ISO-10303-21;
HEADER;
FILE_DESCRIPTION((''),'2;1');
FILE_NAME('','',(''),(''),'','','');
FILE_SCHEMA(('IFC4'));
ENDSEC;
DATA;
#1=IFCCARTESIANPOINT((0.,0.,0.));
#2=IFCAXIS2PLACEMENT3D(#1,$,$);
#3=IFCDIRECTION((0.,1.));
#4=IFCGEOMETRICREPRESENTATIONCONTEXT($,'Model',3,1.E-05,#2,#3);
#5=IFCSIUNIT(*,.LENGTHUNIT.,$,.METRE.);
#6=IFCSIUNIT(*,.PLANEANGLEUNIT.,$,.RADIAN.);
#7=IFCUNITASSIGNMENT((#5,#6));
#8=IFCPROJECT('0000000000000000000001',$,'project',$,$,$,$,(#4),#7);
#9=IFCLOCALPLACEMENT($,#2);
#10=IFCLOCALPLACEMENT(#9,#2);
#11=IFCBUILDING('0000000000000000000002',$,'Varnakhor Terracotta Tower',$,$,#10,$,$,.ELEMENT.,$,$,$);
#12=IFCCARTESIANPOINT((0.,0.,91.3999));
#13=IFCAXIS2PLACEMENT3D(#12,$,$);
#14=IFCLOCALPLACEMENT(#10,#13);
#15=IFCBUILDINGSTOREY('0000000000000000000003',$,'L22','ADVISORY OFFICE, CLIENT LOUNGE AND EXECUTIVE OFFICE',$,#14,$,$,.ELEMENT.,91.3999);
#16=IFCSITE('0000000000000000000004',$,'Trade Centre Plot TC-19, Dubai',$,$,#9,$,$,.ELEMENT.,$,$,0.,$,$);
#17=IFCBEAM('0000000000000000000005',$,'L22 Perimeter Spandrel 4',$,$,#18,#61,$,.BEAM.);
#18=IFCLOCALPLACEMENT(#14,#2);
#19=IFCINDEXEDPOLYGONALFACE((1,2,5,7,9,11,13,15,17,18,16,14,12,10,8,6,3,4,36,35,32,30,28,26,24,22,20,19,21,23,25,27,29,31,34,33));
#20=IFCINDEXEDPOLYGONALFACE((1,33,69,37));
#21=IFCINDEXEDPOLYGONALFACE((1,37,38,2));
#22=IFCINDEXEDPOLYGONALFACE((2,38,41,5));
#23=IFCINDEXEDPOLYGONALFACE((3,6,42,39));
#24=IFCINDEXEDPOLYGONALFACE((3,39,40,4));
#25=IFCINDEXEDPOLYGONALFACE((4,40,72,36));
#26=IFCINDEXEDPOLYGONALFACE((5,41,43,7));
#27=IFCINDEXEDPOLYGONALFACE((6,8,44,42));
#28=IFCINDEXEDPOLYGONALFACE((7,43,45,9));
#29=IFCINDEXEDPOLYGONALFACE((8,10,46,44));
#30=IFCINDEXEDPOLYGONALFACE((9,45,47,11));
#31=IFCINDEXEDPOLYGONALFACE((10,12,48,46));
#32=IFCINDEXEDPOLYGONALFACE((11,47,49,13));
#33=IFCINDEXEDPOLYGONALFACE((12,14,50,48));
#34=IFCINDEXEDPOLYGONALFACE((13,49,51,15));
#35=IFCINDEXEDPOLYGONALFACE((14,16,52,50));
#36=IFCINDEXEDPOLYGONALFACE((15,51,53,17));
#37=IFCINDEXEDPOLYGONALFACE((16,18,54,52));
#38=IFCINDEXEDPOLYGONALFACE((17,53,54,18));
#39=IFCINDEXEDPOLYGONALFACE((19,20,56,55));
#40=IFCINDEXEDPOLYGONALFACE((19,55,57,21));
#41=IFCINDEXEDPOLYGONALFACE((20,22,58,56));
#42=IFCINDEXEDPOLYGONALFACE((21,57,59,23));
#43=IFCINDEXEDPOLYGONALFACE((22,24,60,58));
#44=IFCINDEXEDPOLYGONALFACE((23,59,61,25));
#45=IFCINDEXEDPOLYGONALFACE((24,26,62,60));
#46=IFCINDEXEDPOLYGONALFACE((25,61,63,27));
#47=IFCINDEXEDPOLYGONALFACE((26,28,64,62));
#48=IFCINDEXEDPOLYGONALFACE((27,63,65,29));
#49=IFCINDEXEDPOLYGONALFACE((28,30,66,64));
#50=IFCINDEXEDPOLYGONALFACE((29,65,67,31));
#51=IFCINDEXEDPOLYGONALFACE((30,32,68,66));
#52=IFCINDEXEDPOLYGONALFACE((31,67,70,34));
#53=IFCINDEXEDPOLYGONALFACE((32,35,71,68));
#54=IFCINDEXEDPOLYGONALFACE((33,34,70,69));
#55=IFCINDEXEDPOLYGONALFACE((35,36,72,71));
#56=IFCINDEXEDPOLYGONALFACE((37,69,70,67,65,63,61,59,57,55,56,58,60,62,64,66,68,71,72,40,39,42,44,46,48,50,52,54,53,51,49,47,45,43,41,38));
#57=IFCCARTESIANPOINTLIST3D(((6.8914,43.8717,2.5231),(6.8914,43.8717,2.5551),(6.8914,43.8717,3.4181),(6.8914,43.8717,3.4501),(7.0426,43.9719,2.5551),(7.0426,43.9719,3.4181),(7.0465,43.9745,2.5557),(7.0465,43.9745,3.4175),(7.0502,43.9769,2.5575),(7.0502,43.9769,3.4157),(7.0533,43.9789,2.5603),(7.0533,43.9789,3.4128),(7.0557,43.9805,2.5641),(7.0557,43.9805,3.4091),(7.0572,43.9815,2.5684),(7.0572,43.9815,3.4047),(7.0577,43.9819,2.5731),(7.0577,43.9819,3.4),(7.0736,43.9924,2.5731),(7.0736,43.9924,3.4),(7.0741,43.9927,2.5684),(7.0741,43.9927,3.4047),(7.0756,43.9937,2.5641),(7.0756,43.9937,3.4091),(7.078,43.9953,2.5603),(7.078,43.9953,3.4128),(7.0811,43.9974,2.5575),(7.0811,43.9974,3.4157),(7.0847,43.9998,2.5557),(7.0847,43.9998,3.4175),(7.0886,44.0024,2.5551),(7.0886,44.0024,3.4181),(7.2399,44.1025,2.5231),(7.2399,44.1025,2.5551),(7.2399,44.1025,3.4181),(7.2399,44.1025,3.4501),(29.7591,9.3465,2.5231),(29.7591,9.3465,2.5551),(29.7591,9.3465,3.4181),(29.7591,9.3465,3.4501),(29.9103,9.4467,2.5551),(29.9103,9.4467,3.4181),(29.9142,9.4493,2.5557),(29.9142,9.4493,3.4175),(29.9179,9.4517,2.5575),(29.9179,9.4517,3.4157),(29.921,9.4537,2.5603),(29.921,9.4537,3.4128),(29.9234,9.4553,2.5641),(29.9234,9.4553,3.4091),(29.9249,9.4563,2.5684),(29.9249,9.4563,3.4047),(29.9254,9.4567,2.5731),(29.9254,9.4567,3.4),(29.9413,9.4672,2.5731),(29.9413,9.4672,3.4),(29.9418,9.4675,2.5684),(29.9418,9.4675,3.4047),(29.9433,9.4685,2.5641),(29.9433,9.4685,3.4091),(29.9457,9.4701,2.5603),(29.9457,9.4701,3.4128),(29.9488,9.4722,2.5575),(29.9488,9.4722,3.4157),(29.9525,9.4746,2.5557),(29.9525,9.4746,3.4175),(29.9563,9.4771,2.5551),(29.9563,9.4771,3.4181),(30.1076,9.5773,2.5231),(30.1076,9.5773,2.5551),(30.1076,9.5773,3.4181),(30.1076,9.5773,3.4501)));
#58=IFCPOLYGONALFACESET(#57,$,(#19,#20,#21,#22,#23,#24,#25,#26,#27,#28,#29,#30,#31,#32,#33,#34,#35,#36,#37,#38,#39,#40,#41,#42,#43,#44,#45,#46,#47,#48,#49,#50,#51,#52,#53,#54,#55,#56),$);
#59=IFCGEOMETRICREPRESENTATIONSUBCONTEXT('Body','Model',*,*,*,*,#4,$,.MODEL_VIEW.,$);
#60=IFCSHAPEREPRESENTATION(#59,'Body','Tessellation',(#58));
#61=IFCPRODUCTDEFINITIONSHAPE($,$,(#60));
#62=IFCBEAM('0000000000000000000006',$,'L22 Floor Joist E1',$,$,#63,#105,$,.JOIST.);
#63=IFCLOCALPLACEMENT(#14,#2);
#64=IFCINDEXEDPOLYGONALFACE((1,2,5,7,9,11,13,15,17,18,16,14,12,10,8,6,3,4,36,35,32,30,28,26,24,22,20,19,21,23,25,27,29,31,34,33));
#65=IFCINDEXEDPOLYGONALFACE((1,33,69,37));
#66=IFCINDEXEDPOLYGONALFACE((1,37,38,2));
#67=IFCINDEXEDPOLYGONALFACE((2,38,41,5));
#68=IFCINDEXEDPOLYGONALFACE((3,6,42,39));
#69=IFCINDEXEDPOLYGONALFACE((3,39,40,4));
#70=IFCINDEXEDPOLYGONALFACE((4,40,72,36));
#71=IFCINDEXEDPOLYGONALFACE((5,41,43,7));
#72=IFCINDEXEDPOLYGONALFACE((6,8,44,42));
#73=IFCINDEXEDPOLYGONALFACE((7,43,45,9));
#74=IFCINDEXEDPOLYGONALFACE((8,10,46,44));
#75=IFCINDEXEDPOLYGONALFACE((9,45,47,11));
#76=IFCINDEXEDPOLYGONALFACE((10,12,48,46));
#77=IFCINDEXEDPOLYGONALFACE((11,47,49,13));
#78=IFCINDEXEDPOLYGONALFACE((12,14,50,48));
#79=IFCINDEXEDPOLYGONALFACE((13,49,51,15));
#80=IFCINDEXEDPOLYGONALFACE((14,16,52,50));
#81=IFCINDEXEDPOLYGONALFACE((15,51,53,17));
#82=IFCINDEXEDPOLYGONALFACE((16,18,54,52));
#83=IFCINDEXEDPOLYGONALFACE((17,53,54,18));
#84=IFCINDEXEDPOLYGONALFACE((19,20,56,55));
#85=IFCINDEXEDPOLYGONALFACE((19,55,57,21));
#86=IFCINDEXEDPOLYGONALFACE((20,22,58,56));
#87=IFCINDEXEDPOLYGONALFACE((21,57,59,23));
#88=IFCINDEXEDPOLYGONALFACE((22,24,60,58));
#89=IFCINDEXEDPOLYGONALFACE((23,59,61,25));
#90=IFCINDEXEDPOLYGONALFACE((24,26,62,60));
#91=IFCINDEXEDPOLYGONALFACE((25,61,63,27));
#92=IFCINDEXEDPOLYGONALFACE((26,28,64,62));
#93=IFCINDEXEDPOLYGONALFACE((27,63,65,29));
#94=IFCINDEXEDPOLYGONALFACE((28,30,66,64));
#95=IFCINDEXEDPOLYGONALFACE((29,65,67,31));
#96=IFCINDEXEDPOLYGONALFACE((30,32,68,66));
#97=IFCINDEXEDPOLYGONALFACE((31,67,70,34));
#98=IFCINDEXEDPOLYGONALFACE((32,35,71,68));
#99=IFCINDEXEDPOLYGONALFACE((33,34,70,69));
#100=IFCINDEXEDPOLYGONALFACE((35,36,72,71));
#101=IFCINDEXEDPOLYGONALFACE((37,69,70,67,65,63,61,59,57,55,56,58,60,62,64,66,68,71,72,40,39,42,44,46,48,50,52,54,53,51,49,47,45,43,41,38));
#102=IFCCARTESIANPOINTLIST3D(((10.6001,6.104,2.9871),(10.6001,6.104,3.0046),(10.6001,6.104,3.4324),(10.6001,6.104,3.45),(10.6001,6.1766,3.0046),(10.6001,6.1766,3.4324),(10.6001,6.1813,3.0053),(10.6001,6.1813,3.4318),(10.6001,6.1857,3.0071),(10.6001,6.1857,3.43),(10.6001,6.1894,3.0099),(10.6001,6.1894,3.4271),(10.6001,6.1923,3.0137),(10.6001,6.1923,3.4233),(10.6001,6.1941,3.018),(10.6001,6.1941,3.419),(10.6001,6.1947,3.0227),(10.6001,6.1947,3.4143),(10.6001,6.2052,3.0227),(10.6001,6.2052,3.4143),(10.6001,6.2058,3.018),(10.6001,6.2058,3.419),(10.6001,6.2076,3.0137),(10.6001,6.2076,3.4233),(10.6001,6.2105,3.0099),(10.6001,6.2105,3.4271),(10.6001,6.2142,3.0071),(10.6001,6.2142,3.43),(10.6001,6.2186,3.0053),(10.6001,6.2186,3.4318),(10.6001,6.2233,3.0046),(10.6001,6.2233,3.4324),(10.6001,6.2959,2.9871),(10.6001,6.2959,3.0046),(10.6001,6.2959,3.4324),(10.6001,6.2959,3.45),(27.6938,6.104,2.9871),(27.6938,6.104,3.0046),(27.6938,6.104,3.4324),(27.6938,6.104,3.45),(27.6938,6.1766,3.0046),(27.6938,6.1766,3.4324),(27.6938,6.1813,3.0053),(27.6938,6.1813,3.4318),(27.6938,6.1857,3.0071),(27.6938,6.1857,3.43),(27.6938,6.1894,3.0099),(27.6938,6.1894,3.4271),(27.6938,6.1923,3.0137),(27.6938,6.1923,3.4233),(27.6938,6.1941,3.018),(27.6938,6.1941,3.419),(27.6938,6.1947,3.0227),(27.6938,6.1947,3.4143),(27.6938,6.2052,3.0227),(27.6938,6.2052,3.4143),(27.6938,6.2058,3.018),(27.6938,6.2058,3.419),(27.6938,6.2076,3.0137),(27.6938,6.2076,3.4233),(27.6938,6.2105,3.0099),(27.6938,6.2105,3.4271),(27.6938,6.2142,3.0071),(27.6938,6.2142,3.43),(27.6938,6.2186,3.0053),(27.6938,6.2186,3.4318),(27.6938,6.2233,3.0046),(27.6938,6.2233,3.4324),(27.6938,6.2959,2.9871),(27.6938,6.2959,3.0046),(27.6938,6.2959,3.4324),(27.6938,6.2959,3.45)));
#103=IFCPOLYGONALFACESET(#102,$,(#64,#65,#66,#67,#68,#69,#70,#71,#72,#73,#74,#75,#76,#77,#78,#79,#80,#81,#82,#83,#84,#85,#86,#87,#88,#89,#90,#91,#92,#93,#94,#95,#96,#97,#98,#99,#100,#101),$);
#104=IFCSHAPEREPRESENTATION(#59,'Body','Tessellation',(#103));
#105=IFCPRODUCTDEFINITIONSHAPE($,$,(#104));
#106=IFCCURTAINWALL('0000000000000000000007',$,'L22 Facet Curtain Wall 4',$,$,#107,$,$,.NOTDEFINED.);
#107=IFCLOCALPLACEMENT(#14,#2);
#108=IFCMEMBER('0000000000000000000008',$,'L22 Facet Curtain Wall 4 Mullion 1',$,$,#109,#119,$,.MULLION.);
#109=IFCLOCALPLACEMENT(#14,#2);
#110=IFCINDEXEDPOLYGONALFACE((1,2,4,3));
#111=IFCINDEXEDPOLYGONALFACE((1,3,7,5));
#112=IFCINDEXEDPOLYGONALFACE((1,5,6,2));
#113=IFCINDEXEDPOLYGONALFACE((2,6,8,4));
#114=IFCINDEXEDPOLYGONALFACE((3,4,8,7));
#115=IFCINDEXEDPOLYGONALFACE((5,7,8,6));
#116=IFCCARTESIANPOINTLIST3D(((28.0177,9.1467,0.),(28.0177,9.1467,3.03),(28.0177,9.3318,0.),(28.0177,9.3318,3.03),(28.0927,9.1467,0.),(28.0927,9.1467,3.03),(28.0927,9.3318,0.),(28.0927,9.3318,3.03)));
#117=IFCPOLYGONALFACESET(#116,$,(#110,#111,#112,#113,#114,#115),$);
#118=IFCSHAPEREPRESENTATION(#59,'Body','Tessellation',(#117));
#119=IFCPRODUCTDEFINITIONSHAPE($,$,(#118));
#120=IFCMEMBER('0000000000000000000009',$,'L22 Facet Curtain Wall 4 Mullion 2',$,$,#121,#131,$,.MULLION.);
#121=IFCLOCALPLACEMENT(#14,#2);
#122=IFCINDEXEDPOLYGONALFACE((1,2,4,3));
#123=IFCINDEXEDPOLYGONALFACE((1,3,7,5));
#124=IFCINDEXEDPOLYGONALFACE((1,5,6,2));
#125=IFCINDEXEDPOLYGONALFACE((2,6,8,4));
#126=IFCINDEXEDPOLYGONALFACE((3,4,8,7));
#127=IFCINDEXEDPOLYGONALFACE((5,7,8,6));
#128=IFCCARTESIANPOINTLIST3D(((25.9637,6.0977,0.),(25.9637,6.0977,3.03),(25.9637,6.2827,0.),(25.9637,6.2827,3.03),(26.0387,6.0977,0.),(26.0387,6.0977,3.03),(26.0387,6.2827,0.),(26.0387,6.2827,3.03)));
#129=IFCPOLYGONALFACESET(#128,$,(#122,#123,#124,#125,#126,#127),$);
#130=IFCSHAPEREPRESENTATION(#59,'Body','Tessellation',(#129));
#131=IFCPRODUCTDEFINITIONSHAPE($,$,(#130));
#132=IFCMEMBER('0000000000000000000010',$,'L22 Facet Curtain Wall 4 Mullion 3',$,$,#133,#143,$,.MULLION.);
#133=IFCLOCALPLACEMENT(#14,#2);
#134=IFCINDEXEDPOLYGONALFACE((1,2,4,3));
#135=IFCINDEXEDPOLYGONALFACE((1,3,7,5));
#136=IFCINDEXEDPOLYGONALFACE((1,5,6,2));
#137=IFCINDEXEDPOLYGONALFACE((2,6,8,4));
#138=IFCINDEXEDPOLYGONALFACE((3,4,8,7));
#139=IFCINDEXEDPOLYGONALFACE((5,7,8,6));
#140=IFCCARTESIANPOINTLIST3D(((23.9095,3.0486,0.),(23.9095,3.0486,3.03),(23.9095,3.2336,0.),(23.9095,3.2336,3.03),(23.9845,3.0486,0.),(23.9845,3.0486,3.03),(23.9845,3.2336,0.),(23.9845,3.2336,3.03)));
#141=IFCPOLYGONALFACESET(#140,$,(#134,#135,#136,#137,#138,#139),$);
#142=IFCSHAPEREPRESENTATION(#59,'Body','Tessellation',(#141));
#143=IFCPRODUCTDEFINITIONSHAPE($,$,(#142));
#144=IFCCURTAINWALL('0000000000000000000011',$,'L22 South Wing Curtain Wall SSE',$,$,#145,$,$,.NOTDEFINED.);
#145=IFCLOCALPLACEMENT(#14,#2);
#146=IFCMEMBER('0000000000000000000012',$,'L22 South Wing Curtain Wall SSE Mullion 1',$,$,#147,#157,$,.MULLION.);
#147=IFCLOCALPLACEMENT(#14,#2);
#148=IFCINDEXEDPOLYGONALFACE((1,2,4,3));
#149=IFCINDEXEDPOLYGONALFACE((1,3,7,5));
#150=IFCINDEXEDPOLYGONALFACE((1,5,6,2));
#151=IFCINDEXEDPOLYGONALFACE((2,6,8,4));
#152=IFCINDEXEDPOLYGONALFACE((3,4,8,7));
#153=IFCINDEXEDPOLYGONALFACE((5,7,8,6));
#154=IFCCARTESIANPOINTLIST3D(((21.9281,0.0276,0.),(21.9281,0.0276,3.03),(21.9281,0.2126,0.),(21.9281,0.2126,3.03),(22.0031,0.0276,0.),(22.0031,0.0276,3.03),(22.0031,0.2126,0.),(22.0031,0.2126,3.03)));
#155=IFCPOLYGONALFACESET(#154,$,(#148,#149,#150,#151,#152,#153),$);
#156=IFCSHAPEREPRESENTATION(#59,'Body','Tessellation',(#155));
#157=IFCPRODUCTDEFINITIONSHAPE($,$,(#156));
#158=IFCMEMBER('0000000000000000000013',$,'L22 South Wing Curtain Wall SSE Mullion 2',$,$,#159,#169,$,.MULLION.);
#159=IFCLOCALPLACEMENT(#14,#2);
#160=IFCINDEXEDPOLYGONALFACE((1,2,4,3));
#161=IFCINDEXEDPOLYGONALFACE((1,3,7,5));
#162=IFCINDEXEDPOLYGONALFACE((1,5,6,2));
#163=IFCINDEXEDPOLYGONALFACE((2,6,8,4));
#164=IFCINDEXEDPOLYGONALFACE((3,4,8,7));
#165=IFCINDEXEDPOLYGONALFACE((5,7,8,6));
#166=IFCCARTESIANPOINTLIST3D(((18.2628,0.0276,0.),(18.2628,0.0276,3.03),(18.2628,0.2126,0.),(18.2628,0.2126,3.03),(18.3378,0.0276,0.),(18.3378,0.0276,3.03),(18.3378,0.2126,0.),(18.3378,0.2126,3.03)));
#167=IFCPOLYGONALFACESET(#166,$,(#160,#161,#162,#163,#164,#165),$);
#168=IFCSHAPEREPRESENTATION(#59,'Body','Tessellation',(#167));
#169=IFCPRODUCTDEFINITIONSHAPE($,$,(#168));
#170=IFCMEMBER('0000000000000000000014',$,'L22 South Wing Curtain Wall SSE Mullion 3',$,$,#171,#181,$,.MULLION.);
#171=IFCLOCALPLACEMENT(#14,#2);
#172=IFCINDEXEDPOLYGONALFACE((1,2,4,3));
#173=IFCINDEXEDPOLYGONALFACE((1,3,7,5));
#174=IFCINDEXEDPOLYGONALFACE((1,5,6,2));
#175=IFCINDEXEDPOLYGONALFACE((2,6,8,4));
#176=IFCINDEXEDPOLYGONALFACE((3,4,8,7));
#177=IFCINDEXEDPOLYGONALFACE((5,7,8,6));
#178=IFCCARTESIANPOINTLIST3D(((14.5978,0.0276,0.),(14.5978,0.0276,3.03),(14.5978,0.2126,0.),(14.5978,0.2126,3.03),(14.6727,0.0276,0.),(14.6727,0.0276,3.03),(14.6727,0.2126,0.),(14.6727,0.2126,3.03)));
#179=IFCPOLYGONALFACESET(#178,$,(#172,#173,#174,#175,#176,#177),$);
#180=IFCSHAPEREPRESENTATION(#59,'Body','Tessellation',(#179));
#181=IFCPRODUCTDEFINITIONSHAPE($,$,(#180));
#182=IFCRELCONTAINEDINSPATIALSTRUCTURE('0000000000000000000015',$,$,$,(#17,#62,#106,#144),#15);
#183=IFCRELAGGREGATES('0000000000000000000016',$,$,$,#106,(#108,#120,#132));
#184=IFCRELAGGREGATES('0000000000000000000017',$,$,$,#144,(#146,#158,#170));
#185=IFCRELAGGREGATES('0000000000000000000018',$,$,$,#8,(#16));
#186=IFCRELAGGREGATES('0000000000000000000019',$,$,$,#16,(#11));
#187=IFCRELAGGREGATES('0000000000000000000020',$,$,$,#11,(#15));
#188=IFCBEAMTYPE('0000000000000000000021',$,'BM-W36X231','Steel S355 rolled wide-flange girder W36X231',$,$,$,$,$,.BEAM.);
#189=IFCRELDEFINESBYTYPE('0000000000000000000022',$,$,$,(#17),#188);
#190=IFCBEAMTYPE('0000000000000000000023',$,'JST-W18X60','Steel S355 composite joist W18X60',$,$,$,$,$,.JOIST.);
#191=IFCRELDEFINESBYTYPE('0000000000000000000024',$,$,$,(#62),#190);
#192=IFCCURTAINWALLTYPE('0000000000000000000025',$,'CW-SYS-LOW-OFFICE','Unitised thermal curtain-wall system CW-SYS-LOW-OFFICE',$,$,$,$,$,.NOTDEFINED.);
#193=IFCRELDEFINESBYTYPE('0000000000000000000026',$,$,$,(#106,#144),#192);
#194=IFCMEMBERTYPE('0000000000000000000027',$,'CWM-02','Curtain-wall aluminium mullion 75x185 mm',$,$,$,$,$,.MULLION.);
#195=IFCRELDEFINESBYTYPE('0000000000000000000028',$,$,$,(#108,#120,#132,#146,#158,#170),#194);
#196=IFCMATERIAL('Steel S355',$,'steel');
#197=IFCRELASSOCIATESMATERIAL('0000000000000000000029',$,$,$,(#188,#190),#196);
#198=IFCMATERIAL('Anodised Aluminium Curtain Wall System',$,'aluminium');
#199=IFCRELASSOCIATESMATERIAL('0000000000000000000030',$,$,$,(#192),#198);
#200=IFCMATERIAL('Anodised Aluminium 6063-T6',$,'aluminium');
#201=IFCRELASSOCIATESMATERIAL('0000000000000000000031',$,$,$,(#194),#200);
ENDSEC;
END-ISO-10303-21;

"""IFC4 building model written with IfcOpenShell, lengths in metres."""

from ifc_helpers import new_model, si_unit, direction, frame, origin, origin_2d, place, context, subcontext, project, spatial, rectangle, i_section, extrude, source, transform, mapped, material, material_profile, profile_set, type_object, type_shapes, element, aggregate, save


model = new_model("IFC4")

# Units and contexts
model_context = context("Model", 3, precision=1e-05, world=origin(), true_north=direction((0.0, 1.0)))
body_context = subcontext(model_context, "Body", "Model", "MODEL_VIEW")
ifc_project = project(units=[si_unit("LENGTHUNIT", "METRE"), si_unit("PLANEANGLEUNIT", "RADIAN")], contexts=[model_context])

# Site, building, storey
site_placement = place(None, origin())
site = spatial("IfcSite", under=ifc_project, at=site_placement, Name="Trade Centre Plot TC-19, Dubai", CompositionType="ELEMENT", RefElevation=0.0)
building_placement = place(site_placement, origin())
building = spatial("IfcBuilding", under=site, at=building_placement, Name="Varnakhor Terracotta Tower", CompositionType="ELEMENT")
storey_placement = place(building_placement, frame((0.0, 0.0, 91.3999)))
storey = spatial("IfcBuildingStorey", under=building, at=storey_placement, Name="L22", Description="ADVISORY OFFICE, CLIENT LOUNGE AND EXECUTIVE OFFICE", CompositionType="ELEMENT", Elevation=91.3999)

# Beams
ifc_material_1 = material(Name="Steel S355", Category="steel")
ifc_material_profile_1 = material_profile(ifc_material_1, i_section(OverallWidth=0.418, OverallDepth=0.927, WebThickness=0.019, FlangeThickness=0.032, FilletRadius=0.0181, at=origin_2d()), Name="W36X231")
ifc_profile_set_1 = profile_set([ifc_material_profile_1], Name="Steel S355")
beam_type_1 = type_object("IfcBeamType", Name="BM-W36X231", Description="Steel S355 rolled wide-flange girder W36X231", PredefinedType="BEAM", material=ifc_profile_set_1)
shared_shape_1 = source(origin(), body_context, "Body", "SweptSolid", [
    extrude(i_section(OverallWidth=0.418, OverallDepth=0.927, WebThickness=0.019, FlangeThickness=0.032, FilletRadius=0.0181, at=origin_2d()), origin(), (0.0, 0.0, 1.0), 41.4116),
])
beam_1_placement = place(storey_placement, frame((29.9333, 9.4619, 2.9866), z_axis=(-0.552205, 0.833708, 0.0), x_axis=(-0.833708, -0.552205, 0.0)))
element("IfcBeam", 1, at=beam_1_placement, inside=storey, type_object=beam_type_1, Name="L22 Perimeter Spandrel 4", PredefinedType="BEAM", context=body_context, shape_type="MappedRepresentation", body=[
    mapped(shared_shape_1, transform((0.0, 0.0, 0.0), scale=1.0)),
])
ifc_material_profile_2 = material_profile(ifc_material_1, i_section(OverallWidth=0.1919, OverallDepth=0.4629, WebThickness=0.0105, FlangeThickness=0.0176, FilletRadius=0.0181, at=origin_2d()), Name="W18X60")
ifc_profile_set_2 = profile_set([ifc_material_profile_2], Name="Steel S355")
beam_type_2 = type_object("IfcBeamType", Name="JST-W18X60", Description="Steel S355 composite joist W18X60", PredefinedType="JOIST", material=ifc_profile_set_2)
shared_shape_2 = source(origin(), body_context, "Body", "SweptSolid", [
    extrude(i_section(OverallWidth=0.1919, OverallDepth=0.4629, WebThickness=0.0105, FlangeThickness=0.0176, FilletRadius=0.0181, at=origin_2d()), origin(), (0.0, 0.0, 1.0), 17.0938),
])
beam_2_placement = place(storey_placement, frame((10.6001, 6.2, 3.2185), z_axis=(1.0, 0.0, 0.0), x_axis=(0.0, 1.0, 0.0)))
element("IfcBeam", 2, at=beam_2_placement, inside=storey, type_object=beam_type_2, Name="L22 Floor Joist E1", PredefinedType="JOIST", context=body_context, shape_type="MappedRepresentation", body=[
    mapped(shared_shape_2, transform((0.0, 0.0, 0.0), scale=1.0)),
])

# Curtain walls, members
ifc_material_2 = material(Name="Anodised Aluminium Curtain Wall System", Category="aluminium")
curtain_wall_type = type_object("IfcCurtainWallType", Name="CW-SYS-LOW-OFFICE", Description="Unitised thermal curtain-wall system CW-SYS-LOW-OFFICE", PredefinedType="NOTDEFINED", material=ifc_material_2)
curtain_wall_1_placement = place(storey_placement, origin())
curtain_wall_1 = element("IfcCurtainWall", 3, at=curtain_wall_1_placement, inside=storey, type_object=curtain_wall_type, Name="L22 Facet Curtain Wall 4", PredefinedType="NOTDEFINED")
ifc_material_3 = material(Name="Anodised Aluminium 6063-T6", Category="aluminium")
ifc_material_profile_3 = material_profile(ifc_material_3, rectangle(XDim=0.075, YDim=0.1851, at=origin_2d()), Name="ALU MULLION 75x185")
ifc_profile_set_3 = profile_set([ifc_material_profile_3], Name="Anodised Aluminium 6063-T6")
member_type_1 = type_object("IfcMemberType", Name="CWM-02", Description="Curtain-wall aluminium mullion 75x185 mm", PredefinedType="MULLION", material=ifc_profile_set_3)
shared_shape_3 = source(origin(), body_context, "Body", "SweptSolid", [
    extrude(rectangle(XDim=0.075, YDim=0.1851, at=origin_2d()), origin(), (0.0, 0.0, 1.0), 3.03),
])
type_shapes(member_type_1, [shared_shape_3])
member_1_placement = place(storey_placement, frame((28.0552, 9.2393, 0.0), z_axis=(0.0, 0.0, 1.0), x_axis=(1.0, 0.0, 0.0)))
member_1 = element("IfcMember", 4, at=member_1_placement, type_object=member_type_1, Name="L22 Facet Curtain Wall 4 Mullion 1", PredefinedType="MULLION", context=body_context, shape_type="MappedRepresentation", body=[
    mapped(shared_shape_3, transform((0.0, 0.0, 0.0), scale=1.0)),
])
member_2_placement = place(storey_placement, frame((26.0012, 6.1902, 0.0), z_axis=(0.0, 0.0, 1.0), x_axis=(1.0, 0.0, 0.0)))
member_2 = element("IfcMember", 5, at=member_2_placement, type_object=member_type_1, Name="L22 Facet Curtain Wall 4 Mullion 2", PredefinedType="MULLION", context=body_context, shape_type="MappedRepresentation", body=[
    mapped(shared_shape_3, transform((0.0, 0.0, 0.0), scale=1.0)),
])
member_3_placement = place(storey_placement, frame((23.947, 3.1411, 0.0), z_axis=(0.0, 0.0, 1.0), x_axis=(1.0, 0.0, 0.0)))
member_3 = element("IfcMember", 6, at=member_3_placement, type_object=member_type_1, Name="L22 Facet Curtain Wall 4 Mullion 3", PredefinedType="MULLION", context=body_context, shape_type="MappedRepresentation", body=[
    mapped(shared_shape_3, transform((0.0, 0.0, 0.0), scale=1.0)),
])
curtain_wall_2_placement = place(storey_placement, origin())
curtain_wall_2 = element("IfcCurtainWall", 7, at=curtain_wall_2_placement, inside=storey, type_object=curtain_wall_type, Name="L22 South Wing Curtain Wall SSE", PredefinedType="NOTDEFINED")
member_4_placement = place(storey_placement, frame((21.9656, 0.1201, 0.0), z_axis=(0.0, 0.0, 1.0), x_axis=(1.0, 0.0, 0.0)))
member_4 = element("IfcMember", 8, at=member_4_placement, type_object=member_type_1, Name="L22 South Wing Curtain Wall SSE Mullion 1", PredefinedType="MULLION", context=body_context, shape_type="MappedRepresentation", body=[
    mapped(shared_shape_3, transform((0.0, 0.0, 0.0), scale=1.0)),
])
member_5_placement = place(storey_placement, frame((18.3003, 0.1201, 0.0), z_axis=(0.0, 0.0, 1.0), x_axis=(1.0, 0.0, 0.0)))
member_5 = element("IfcMember", 9, at=member_5_placement, type_object=member_type_1, Name="L22 South Wing Curtain Wall SSE Mullion 2", PredefinedType="MULLION", context=body_context, shape_type="MappedRepresentation", body=[
    mapped(shared_shape_3, transform((0.0, 0.0, 0.0), scale=1.0)),
])
member_6_placement = place(storey_placement, frame((14.6353, 0.1201, 0.0), z_axis=(0.0, 0.0, 1.0), x_axis=(1.0, 0.0, 0.0)))
member_6 = element("IfcMember", 10, at=member_6_placement, type_object=member_type_1, Name="L22 South Wing Curtain Wall SSE Mullion 3", PredefinedType="MULLION", context=body_context, shape_type="MappedRepresentation", body=[
    mapped(shared_shape_3, transform((0.0, 0.0, 0.0), scale=1.0)),
])

aggregate(curtain_wall_1, [member_1, member_2, member_3])
aggregate(curtain_wall_2, [member_4, member_5, member_6])

save(model, "model.ifc")
